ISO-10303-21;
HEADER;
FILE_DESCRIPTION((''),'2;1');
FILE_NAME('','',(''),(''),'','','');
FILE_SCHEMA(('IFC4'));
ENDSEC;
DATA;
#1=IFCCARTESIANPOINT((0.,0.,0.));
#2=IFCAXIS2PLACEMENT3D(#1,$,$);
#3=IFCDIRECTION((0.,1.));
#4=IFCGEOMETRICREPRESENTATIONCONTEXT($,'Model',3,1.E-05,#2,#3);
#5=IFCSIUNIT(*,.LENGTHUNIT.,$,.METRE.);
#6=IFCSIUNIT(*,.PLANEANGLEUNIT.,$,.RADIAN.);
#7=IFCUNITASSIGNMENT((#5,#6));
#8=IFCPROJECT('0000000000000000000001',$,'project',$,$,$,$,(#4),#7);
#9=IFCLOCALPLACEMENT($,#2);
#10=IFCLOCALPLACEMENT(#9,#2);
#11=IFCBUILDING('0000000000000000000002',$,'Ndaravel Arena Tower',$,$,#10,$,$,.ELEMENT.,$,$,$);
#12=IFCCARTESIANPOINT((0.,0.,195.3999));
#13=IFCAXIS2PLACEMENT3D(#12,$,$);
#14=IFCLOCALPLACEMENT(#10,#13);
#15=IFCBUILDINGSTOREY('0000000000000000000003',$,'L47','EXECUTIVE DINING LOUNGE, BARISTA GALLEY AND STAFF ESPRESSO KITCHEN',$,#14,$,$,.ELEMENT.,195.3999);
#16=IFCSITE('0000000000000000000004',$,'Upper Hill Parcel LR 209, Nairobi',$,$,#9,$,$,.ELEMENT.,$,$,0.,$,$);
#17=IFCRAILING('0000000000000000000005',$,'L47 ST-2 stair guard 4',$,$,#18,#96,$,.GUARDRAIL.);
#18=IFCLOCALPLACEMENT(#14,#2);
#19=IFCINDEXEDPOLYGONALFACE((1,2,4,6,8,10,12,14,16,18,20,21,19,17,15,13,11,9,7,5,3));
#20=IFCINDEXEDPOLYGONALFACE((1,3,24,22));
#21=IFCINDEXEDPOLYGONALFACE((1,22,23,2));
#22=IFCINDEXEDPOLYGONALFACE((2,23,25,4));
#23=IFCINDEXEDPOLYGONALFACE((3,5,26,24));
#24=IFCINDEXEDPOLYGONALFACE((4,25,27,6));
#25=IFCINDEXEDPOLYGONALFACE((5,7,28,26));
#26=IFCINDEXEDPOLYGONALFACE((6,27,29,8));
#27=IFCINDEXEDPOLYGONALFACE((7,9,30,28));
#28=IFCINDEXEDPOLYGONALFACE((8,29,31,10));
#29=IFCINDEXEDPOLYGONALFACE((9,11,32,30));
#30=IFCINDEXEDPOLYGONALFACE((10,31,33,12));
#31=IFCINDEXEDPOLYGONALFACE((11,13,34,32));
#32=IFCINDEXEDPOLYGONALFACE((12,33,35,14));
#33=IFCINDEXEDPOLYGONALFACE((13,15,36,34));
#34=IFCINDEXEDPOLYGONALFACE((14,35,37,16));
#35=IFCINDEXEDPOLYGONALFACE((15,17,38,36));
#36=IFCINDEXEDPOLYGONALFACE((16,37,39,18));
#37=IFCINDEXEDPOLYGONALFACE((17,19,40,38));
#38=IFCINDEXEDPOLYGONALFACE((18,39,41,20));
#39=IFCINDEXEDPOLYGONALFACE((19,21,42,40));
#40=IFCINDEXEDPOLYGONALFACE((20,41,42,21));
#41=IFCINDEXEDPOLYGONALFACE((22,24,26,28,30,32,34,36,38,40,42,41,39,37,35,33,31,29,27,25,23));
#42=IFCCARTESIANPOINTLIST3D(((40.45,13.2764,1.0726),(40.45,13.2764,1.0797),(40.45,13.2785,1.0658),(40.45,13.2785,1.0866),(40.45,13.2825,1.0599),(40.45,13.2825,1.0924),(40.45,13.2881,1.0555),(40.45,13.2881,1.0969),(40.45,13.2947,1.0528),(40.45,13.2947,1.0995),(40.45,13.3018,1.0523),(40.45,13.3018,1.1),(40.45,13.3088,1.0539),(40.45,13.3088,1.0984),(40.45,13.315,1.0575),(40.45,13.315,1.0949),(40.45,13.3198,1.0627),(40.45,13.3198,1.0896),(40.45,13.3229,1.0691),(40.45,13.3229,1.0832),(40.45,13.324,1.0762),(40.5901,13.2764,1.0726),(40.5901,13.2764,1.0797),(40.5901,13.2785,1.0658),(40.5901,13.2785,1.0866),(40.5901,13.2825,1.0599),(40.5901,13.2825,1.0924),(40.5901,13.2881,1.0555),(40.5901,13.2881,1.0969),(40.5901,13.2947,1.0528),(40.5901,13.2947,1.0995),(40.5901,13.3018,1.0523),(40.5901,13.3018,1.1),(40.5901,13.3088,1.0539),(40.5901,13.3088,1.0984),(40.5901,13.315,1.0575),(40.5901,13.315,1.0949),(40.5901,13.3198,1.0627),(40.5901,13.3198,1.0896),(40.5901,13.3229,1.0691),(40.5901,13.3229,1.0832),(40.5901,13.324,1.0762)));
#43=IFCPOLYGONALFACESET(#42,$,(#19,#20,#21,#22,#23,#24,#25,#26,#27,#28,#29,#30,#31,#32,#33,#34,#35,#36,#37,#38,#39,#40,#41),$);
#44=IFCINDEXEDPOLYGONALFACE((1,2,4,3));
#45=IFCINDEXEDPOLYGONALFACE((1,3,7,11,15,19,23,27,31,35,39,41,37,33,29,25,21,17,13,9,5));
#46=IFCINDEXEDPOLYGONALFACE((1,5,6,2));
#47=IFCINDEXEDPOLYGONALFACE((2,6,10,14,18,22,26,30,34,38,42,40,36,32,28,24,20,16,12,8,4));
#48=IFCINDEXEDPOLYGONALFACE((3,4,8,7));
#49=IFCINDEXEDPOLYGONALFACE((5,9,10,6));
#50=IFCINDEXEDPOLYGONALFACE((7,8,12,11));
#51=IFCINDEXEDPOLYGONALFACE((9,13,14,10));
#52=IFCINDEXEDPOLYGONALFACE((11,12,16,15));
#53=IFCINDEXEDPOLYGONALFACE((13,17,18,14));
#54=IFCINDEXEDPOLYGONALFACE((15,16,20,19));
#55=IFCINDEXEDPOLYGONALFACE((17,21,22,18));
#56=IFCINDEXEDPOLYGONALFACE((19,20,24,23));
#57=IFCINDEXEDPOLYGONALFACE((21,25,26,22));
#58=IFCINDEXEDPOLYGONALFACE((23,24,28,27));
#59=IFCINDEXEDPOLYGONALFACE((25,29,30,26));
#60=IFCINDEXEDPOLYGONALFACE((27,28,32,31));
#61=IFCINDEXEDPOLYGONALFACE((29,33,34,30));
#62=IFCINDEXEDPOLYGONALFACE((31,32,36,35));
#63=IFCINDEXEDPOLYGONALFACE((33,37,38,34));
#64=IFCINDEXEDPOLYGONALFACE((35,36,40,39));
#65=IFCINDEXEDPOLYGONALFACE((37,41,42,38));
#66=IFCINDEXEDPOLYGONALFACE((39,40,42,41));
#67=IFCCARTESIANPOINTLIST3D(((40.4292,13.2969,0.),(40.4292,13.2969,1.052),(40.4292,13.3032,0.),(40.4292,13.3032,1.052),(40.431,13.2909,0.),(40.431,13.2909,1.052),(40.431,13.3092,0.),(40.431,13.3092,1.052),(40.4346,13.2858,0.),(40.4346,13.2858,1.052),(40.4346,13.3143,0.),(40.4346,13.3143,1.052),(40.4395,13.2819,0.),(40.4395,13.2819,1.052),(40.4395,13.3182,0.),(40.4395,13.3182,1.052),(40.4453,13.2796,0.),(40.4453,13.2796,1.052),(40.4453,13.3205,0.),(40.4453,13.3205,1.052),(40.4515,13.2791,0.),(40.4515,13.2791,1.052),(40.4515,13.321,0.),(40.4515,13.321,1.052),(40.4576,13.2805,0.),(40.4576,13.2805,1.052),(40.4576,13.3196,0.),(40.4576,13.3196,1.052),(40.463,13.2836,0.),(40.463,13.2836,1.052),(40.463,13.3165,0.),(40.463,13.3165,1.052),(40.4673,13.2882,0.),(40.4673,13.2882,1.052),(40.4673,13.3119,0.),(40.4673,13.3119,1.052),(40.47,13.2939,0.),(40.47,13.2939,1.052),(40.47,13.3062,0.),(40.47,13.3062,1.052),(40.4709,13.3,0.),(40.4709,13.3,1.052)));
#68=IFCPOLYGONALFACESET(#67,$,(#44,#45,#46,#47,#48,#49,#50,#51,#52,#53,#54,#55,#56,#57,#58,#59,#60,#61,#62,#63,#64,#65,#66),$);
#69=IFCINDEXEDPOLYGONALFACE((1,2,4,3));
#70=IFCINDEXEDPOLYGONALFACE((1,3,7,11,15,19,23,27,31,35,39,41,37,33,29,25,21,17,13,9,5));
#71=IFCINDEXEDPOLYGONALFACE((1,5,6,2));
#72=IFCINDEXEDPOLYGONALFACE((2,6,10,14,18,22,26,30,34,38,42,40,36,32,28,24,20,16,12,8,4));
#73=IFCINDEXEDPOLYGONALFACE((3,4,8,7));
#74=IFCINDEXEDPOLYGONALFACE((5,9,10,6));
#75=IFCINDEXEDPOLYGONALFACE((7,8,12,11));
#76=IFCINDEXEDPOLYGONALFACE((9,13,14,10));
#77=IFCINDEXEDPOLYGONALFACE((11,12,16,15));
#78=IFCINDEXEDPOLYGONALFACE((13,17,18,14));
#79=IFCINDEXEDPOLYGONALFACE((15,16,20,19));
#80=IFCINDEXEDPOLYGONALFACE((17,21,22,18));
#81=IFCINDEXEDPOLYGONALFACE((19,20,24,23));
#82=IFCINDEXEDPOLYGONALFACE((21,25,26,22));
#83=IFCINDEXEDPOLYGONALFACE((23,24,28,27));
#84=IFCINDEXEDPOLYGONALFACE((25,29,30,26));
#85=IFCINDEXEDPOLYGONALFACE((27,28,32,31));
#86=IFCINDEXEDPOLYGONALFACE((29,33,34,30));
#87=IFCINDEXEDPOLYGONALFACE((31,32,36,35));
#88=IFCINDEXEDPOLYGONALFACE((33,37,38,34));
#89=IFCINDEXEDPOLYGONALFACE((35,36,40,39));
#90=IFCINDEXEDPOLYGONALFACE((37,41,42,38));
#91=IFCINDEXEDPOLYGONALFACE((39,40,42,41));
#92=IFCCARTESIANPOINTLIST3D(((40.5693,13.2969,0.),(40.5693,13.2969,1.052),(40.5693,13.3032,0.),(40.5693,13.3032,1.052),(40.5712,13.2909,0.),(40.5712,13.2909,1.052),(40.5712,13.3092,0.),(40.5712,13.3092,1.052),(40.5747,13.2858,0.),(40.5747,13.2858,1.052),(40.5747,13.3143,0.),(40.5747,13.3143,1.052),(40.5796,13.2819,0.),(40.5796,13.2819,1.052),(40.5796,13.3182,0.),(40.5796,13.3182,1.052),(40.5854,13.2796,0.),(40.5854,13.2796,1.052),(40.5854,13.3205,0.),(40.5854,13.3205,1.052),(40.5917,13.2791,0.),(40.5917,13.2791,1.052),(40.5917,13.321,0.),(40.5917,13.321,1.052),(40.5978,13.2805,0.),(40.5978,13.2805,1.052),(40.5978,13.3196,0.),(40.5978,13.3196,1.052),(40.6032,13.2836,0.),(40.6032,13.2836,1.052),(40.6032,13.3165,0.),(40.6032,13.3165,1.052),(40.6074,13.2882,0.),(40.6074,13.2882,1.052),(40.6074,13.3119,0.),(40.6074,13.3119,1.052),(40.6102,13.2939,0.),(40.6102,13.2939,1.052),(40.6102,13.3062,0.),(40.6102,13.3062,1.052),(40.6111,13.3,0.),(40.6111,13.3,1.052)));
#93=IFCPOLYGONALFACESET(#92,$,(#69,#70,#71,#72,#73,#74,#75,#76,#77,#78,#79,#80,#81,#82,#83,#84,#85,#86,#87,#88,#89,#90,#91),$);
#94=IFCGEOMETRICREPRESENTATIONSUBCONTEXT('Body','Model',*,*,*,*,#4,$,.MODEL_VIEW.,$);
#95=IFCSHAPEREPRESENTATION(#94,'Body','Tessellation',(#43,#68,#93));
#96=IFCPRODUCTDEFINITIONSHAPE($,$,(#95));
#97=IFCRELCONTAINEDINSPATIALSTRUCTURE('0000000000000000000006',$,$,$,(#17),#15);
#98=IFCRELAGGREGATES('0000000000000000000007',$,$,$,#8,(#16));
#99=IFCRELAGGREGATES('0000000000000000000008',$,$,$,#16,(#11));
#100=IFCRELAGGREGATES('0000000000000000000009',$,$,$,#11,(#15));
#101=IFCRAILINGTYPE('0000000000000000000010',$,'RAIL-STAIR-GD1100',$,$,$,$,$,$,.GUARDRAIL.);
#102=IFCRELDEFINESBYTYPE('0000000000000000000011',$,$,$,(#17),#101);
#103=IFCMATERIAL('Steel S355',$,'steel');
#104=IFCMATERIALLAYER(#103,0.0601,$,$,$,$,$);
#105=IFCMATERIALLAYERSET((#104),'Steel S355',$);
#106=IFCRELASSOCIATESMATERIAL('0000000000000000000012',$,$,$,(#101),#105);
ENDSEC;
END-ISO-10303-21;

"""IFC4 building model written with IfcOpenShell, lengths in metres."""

from ifc_helpers import new_model, si_unit, direction, frame, origin, origin_2d, place, context, subcontext, project, spatial, circle, extrude, material, layer, layer_set, type_object, element, save


model = new_model("IFC4")

# Units and contexts
model_context = context("Model", 3, precision=1e-05, world=origin(), true_north=direction((0.0, 1.0)))
body_context = subcontext(model_context, "Body", "Model", "MODEL_VIEW")
ifc_project = project(units=[si_unit("LENGTHUNIT", "METRE"), si_unit("PLANEANGLEUNIT", "RADIAN")], contexts=[model_context])

# Site, building, storey
site_placement = place(None, origin())
site = spatial("IfcSite", under=ifc_project, at=site_placement, Name="Upper Hill Parcel LR 209, Nairobi", CompositionType="ELEMENT", RefElevation=0.0)
building_placement = place(site_placement, origin())
building = spatial("IfcBuilding", under=site, at=building_placement, Name="Ndaravel Arena Tower", CompositionType="ELEMENT")
storey_placement = place(building_placement, frame((0.0, 0.0, 195.3999)))
storey = spatial("IfcBuildingStorey", under=building, at=storey_placement, Name="L47", Description="EXECUTIVE DINING LOUNGE, BARISTA GALLEY AND STAFF ESPRESSO KITCHEN", CompositionType="ELEMENT", Elevation=195.3999)

# Railing
ifc_material_1 = material(Name="Steel S355", Category="steel")
ifc_layer_1 = layer(ifc_material_1, 0.0601)
ifc_layer_set_1 = layer_set([ifc_layer_1], Name="Steel S355")
railing_type_1 = type_object("IfcRailingType", Name="RAIL-STAIR-GD1100", PredefinedType="GUARDRAIL", material=ifc_layer_set_1)
railing_1_placement = place(storey_placement, frame((40.45, 13.3, 0.0)))
element("IfcRailing", 1, at=railing_1_placement, inside=storey, type_object=railing_type_1, Name="L47 ST-2 stair guard 4", PredefinedType="GUARDRAIL", context=body_context, shape_type="SweptSolid", body=[
    extrude(circle(Radius=0.0239, at=origin_2d()), frame((0.0, 0.0, 1.0762), z_axis=(1.0, 0.0, 0.0), x_axis=(0.0, 1.0, 0.0)), (0.0, 0.0, 1.0), 0.1401),
    extrude(circle(Radius=0.021, at=origin_2d()), origin(), (0.0, 0.0, 1.0), 1.052),
    extrude(circle(Radius=0.021, at=origin_2d()), frame((0.1401, 0.0, 0.0)), (0.0, 0.0, 1.0), 1.052),
])

save(model, "model.ifc")
